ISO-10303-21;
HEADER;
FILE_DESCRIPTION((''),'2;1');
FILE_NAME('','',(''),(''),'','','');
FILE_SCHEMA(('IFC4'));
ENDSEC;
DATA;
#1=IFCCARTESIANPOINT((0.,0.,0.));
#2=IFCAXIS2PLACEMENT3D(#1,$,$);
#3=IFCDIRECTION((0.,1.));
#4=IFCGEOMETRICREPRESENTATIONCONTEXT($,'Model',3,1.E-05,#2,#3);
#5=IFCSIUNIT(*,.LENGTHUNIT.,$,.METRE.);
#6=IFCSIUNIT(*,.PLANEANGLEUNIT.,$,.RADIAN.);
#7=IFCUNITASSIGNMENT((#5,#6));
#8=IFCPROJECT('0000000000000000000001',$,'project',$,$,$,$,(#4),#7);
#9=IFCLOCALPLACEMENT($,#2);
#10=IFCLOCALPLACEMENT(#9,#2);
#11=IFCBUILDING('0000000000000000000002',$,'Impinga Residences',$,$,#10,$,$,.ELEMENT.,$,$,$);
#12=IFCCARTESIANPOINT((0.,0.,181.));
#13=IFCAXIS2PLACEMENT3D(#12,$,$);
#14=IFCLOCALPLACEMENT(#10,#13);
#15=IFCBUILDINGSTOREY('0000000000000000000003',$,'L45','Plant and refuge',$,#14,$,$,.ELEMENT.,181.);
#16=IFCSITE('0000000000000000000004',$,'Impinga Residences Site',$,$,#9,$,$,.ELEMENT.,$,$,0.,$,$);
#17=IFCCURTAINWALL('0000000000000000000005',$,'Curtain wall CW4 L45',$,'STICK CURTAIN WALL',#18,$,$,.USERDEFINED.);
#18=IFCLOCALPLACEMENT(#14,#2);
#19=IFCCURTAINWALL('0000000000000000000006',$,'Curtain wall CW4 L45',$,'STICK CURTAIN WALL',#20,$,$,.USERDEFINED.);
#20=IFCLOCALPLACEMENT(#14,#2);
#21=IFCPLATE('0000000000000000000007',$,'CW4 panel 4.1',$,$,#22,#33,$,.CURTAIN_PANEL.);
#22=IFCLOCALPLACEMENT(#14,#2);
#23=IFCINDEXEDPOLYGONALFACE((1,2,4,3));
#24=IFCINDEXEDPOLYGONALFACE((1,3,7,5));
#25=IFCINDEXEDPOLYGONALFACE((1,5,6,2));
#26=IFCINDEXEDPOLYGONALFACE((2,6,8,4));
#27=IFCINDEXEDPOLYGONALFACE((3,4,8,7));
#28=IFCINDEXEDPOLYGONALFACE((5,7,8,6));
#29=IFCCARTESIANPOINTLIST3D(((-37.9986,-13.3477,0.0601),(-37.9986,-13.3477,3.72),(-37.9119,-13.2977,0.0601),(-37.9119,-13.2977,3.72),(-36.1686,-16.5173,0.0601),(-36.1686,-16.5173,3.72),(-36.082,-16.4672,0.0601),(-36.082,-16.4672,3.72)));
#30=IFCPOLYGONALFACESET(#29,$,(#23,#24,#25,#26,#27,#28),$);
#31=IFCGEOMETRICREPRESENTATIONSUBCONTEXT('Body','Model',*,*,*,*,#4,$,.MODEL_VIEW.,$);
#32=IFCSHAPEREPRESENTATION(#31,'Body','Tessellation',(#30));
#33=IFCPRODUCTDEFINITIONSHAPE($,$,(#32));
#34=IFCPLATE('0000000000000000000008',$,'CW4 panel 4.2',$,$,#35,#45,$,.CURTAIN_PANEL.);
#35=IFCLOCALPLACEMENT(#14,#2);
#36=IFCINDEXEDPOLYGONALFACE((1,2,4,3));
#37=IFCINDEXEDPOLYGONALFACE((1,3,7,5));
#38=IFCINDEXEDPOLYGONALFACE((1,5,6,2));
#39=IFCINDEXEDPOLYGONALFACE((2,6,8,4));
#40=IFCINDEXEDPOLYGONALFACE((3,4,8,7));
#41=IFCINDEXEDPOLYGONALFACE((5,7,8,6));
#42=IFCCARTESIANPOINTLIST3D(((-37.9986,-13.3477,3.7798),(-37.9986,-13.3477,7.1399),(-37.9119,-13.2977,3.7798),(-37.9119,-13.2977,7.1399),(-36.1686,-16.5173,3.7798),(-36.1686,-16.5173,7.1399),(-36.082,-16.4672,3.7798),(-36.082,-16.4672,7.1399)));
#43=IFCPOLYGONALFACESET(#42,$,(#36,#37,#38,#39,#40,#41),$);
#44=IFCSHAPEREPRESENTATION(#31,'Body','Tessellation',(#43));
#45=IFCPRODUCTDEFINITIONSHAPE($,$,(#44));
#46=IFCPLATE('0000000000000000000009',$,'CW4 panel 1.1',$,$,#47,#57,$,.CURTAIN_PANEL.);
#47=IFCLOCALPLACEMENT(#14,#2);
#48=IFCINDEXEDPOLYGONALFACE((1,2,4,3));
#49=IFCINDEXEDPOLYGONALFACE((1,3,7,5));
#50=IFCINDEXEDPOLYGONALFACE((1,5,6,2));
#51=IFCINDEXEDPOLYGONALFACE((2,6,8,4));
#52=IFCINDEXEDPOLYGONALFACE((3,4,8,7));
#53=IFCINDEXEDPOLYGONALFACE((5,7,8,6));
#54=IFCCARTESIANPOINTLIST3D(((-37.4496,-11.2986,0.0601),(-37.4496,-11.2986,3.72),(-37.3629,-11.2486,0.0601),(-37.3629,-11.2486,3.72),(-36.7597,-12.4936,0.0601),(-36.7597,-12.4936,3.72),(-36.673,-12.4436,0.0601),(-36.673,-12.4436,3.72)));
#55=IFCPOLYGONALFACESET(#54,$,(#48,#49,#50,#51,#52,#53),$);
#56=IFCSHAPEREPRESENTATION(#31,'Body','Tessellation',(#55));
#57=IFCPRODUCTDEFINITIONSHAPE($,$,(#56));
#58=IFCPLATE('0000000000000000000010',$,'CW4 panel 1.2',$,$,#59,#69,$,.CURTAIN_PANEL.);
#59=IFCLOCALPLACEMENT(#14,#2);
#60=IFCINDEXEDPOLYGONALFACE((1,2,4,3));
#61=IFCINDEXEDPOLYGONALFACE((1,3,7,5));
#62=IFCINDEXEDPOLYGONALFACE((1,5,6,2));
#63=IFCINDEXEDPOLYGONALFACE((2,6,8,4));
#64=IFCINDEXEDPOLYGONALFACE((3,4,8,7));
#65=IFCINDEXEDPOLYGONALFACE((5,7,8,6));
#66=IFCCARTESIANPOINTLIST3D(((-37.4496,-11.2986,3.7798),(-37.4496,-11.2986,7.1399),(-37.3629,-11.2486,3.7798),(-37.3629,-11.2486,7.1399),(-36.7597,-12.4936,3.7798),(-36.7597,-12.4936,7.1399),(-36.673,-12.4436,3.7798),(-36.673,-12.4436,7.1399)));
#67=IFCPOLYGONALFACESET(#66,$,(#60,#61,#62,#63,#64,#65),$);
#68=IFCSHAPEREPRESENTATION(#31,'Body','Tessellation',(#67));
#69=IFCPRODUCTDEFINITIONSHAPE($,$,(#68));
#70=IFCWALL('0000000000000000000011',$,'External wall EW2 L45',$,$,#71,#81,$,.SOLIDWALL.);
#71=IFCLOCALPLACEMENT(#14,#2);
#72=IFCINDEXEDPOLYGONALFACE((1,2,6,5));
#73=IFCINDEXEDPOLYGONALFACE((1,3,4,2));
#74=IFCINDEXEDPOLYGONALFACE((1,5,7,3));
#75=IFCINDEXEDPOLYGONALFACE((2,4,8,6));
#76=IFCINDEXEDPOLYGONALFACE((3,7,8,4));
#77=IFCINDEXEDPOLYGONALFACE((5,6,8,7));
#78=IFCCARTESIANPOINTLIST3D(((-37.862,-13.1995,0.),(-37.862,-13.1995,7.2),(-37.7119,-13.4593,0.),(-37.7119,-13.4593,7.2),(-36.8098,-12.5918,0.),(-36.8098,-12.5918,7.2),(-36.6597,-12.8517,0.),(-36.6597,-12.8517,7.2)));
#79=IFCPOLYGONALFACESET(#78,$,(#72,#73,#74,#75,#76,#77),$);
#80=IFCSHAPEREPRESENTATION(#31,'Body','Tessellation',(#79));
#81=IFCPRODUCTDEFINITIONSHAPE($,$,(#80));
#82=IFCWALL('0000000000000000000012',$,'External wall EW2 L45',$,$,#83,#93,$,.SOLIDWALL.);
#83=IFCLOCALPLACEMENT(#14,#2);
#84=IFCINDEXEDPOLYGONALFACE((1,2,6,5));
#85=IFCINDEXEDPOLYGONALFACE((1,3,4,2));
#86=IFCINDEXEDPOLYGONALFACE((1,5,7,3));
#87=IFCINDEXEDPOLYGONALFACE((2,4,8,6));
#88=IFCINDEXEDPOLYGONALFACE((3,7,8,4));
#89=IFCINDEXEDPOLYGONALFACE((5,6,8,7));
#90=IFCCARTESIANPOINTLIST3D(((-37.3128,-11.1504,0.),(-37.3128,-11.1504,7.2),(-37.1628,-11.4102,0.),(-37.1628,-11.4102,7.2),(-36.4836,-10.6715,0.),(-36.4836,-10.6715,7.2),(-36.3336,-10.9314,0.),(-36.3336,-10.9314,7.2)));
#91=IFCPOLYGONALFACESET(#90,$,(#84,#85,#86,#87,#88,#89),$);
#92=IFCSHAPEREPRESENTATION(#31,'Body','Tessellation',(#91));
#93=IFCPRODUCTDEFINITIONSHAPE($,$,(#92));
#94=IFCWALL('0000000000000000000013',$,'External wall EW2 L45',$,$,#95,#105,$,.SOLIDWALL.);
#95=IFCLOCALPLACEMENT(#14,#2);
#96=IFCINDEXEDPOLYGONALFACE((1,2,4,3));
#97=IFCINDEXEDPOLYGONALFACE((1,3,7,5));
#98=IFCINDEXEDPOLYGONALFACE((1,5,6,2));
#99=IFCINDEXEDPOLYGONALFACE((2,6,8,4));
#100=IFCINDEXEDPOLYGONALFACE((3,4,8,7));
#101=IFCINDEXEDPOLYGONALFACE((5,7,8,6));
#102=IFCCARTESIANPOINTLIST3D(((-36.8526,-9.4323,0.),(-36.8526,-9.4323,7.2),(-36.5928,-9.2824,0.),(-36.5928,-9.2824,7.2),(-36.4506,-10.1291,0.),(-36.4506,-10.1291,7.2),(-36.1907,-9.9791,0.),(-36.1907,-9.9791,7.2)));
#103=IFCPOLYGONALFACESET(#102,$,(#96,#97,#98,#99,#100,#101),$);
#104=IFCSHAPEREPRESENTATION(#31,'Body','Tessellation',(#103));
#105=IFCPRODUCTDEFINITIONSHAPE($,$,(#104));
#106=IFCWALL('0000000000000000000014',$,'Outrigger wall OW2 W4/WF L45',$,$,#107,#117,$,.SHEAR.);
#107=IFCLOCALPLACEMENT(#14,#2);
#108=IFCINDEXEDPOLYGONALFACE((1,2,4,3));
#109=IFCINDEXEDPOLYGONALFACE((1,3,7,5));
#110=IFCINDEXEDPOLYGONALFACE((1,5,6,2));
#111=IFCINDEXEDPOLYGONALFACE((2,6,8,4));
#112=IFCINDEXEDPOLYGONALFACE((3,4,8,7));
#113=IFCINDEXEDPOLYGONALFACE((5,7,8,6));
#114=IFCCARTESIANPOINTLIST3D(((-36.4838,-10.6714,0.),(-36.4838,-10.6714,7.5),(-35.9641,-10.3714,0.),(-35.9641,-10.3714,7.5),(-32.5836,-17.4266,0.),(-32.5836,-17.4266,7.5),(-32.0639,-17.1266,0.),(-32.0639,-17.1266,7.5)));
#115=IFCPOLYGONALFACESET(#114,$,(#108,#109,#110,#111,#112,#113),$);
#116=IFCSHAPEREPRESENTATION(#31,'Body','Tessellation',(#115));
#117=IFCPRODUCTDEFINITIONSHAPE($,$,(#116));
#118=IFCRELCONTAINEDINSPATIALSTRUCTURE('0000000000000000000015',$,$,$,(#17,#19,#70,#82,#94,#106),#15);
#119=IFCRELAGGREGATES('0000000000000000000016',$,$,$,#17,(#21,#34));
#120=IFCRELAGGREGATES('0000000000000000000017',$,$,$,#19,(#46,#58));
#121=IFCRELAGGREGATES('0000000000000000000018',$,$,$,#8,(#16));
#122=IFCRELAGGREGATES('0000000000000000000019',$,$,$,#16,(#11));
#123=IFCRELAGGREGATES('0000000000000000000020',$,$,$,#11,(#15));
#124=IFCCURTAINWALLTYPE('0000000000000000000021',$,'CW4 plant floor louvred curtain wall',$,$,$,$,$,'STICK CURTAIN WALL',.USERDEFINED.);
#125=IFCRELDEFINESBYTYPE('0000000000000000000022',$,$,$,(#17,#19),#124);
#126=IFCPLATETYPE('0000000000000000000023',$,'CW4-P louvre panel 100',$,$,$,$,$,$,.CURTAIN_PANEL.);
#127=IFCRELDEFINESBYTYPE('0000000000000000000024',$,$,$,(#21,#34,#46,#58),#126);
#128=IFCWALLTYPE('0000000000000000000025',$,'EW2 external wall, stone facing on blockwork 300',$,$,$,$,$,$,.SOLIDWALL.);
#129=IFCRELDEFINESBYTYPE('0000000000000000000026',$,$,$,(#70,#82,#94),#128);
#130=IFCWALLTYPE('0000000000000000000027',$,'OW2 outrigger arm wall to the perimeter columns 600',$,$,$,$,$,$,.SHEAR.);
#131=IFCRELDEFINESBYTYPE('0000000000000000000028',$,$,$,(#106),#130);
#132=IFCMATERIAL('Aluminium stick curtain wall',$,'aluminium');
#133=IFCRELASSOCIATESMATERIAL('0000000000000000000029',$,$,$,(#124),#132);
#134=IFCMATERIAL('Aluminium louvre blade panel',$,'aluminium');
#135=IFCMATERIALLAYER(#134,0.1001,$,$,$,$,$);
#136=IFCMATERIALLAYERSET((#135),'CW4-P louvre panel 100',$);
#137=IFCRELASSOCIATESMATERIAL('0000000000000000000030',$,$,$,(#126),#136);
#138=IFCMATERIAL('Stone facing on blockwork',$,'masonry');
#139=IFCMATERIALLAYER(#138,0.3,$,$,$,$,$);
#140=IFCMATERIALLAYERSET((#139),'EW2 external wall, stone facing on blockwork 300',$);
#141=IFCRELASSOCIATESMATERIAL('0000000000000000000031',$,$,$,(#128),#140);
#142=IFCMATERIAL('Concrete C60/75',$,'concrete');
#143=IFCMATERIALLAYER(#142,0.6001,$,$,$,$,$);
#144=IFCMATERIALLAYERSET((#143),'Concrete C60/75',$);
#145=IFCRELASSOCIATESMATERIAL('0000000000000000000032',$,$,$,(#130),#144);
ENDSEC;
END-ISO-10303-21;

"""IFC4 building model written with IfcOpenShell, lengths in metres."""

from ifc_helpers import new_model, si_unit, direction, frame, frame_2d, origin, origin_2d, place, context, subcontext, project, spatial, rectangle, extrude, material, layer, layer_set, type_object, element, aggregate, save


model = new_model("IFC4")

# Units and contexts
model_context = context("Model", 3, precision=1e-05, world=origin(), true_north=direction((0.0, 1.0)))
body_context = subcontext(model_context, "Body", "Model", "MODEL_VIEW")
ifc_project = project(units=[si_unit("LENGTHUNIT", "METRE"), si_unit("PLANEANGLEUNIT", "RADIAN")], contexts=[model_context])

# Site, building, storey
site_placement = place(None, origin())
site = spatial("IfcSite", under=ifc_project, at=site_placement, Name="Impinga Residences Site", CompositionType="ELEMENT", RefElevation=0.0)
building_placement = place(site_placement, origin())
building = spatial("IfcBuilding", under=site, at=building_placement, Name="Impinga Residences", CompositionType="ELEMENT")
storey_placement = place(building_placement, frame((0.0, 0.0, 181.0)))
storey = spatial("IfcBuildingStorey", under=building, at=storey_placement, Name="L45", Description="Plant and refuge", CompositionType="ELEMENT", Elevation=181.0)

# Shared definitions
ifc_material_1 = material(Name="Concrete C60/75", Category="concrete")

# Curtain walls
ifc_material_2 = material(Name="Aluminium stick curtain wall", Category="aluminium")
curtain_wall_type = type_object("IfcCurtainWallType", Name="CW4 plant floor louvred curtain wall", ElementType="STICK CURTAIN WALL", PredefinedType="USERDEFINED", material=ifc_material_2)
curtain_wall_1_placement = place(storey_placement, origin())
curtain_wall_1 = element("IfcCurtainWall", 1, at=curtain_wall_1_placement, inside=storey, type_object=curtain_wall_type, Name="Curtain wall CW4 L45", ObjectType="STICK CURTAIN WALL", PredefinedType="USERDEFINED")
curtain_wall_2_placement = place(storey_placement, origin())
curtain_wall_2 = element("IfcCurtainWall", 2, at=curtain_wall_2_placement, inside=storey, type_object=curtain_wall_type, Name="Curtain wall CW4 L45", ObjectType="STICK CURTAIN WALL", PredefinedType="USERDEFINED")

# Plates
ifc_material_3 = material(Name="Aluminium louvre blade panel", Category="aluminium")
ifc_layer_1 = layer(ifc_material_3, 0.1001)
ifc_layer_set_1 = layer_set([ifc_layer_1], Name="CW4-P louvre panel 100")
plate_type = type_object("IfcPlateType", Name="CW4-P louvre panel 100", PredefinedType="CURTAIN_PANEL", material=ifc_layer_set_1)
plate_1_placement = place(storey_placement, frame((-37.0403, -14.9075, 0.0601), z_axis=(0.0, 0.0, 1.0), x_axis=(-0.5, 0.866025, 0.0)))
plate_1 = element("IfcPlate", 3, at=plate_1_placement, type_object=plate_type, Name="CW4 panel 4.1", PredefinedType="CURTAIN_PANEL", context=body_context, shape_type="SweptSolid", body=[
    extrude(rectangle(XDim=3.6599, YDim=0.1001, at=origin_2d()), origin(), (0.0, 0.0, 1.0), 3.6599),
])
plate_2_placement = place(storey_placement, frame((-37.0403, -14.9075, 3.7798), z_axis=(0.0, 0.0, 1.0), x_axis=(-0.5, 0.866025, 0.0)))
plate_2 = element("IfcPlate", 4, at=plate_2_placement, type_object=plate_type, Name="CW4 panel 4.2", PredefinedType="CURTAIN_PANEL", context=body_context, shape_type="SweptSolid", body=[
    extrude(rectangle(XDim=3.6599, YDim=0.1001, at=origin_2d()), origin(), (0.0, 0.0, 1.0), 3.3601),
])
aggregate(curtain_wall_1, [plate_1, plate_2])
plate_3_placement = place(storey_placement, frame((-37.0613, -11.8711, 0.0601), z_axis=(0.0, 0.0, 1.0), x_axis=(-0.5, 0.866025, 0.0)))
plate_3 = element("IfcPlate", 5, at=plate_3_placement, type_object=plate_type, Name="CW4 panel 1.1", PredefinedType="CURTAIN_PANEL", context=body_context, shape_type="SweptSolid", body=[
    extrude(rectangle(XDim=1.3799, YDim=0.1001, at=origin_2d()), origin(), (0.0, 0.0, 1.0), 3.6599),
])
plate_4_placement = place(storey_placement, frame((-37.0613, -11.8711, 3.7798), z_axis=(0.0, 0.0, 1.0), x_axis=(-0.5, 0.866025, 0.0)))
plate_4 = element("IfcPlate", 6, at=plate_4_placement, type_object=plate_type, Name="CW4 panel 1.2", PredefinedType="CURTAIN_PANEL", context=body_context, shape_type="SweptSolid", body=[
    extrude(rectangle(XDim=1.3799, YDim=0.1001, at=origin_2d()), origin(), (0.0, 0.0, 1.0), 3.3601),
])
aggregate(curtain_wall_2, [plate_3, plate_4])

# Walls
ifc_material_4 = material(Name="Stone facing on blockwork", Category="masonry")
ifc_layer_2 = layer(ifc_material_4, 0.3)
ifc_layer_set_2 = layer_set([ifc_layer_2], Name="EW2 external wall, stone facing on blockwork 300")
wall_type_1 = type_object("IfcWallType", Name="EW2 external wall, stone facing on blockwork 300", PredefinedType="SOLIDWALL", material=ifc_layer_set_2)
wall_1_placement = place(storey_placement, frame((-37.7869, -13.3293, 0.0), z_axis=(0.0, 0.0, 1.0), x_axis=(0.865971, 0.500093, 0.0)))
element("IfcWall", 7, at=wall_1_placement, inside=storey, type_object=wall_type_1, Name="External wall EW2 L45", PredefinedType="SOLIDWALL", context=body_context, shape_type="SweptSolid", body=[
    extrude(rectangle(XDim=1.2151, YDim=0.3, at=frame_2d((0.6074, 0.0))), origin(), (0.0, 0.0, 1.0), 7.2),
])
wall_2_placement = place(storey_placement, frame((-37.2378, -11.2803, 0.0), z_axis=(0.0, 0.0, 1.0), x_axis=(0.86599, 0.500061, 0.0)))
element("IfcWall", 8, at=wall_2_placement, inside=storey, type_object=wall_type_1, Name="External wall EW2 L45", PredefinedType="SOLIDWALL", context=body_context, shape_type="SweptSolid", body=[
    extrude(rectangle(XDim=0.9575, YDim=0.3, at=frame_2d((0.4788, 0.0))), origin(), (0.0, 0.0, 1.0), 7.2),
])
wall_3_placement = place(storey_placement, frame((-36.3206, -10.0542, 0.0), z_axis=(0.0, 0.0, 1.0), x_axis=(-0.499828, 0.866125, 0.0)))
element("IfcWall", 9, at=wall_3_placement, inside=storey, type_object=wall_type_1, Name="External wall EW2 L45", PredefinedType="SOLIDWALL", context=body_context, shape_type="SweptSolid", body=[
    extrude(rectangle(XDim=0.8044, YDim=0.3, at=frame_2d((0.4023, 0.0))), origin(), (0.0, 0.0, 1.0), 7.2),
])
ifc_layer_3 = layer(ifc_material_1, 0.6001)
ifc_layer_set_3 = layer_set([ifc_layer_3], Name="Concrete C60/75")
wall_type_2 = type_object("IfcWallType", Name="OW2 outrigger arm wall to the perimeter columns 600", PredefinedType="SHEAR", material=ifc_layer_set_3)
wall_4_placement = place(storey_placement, frame((-32.3237, -17.2766, 0.0), z_axis=(0.0, 0.0, 1.0), x_axis=(-0.500007, 0.866021, 0.0)))
element("IfcWall", 10, at=wall_4_placement, inside=storey, type_object=wall_type_2, Name="Outrigger wall OW2 W4/WF L45", PredefinedType="SHEAR", context=body_context, shape_type="SweptSolid", body=[
    extrude(rectangle(XDim=7.8003, YDim=0.6001, at=frame_2d((3.9001, 0.0))), origin(), (0.0, 0.0, 1.0), 7.5),
])

save(model, "model.ifc")
